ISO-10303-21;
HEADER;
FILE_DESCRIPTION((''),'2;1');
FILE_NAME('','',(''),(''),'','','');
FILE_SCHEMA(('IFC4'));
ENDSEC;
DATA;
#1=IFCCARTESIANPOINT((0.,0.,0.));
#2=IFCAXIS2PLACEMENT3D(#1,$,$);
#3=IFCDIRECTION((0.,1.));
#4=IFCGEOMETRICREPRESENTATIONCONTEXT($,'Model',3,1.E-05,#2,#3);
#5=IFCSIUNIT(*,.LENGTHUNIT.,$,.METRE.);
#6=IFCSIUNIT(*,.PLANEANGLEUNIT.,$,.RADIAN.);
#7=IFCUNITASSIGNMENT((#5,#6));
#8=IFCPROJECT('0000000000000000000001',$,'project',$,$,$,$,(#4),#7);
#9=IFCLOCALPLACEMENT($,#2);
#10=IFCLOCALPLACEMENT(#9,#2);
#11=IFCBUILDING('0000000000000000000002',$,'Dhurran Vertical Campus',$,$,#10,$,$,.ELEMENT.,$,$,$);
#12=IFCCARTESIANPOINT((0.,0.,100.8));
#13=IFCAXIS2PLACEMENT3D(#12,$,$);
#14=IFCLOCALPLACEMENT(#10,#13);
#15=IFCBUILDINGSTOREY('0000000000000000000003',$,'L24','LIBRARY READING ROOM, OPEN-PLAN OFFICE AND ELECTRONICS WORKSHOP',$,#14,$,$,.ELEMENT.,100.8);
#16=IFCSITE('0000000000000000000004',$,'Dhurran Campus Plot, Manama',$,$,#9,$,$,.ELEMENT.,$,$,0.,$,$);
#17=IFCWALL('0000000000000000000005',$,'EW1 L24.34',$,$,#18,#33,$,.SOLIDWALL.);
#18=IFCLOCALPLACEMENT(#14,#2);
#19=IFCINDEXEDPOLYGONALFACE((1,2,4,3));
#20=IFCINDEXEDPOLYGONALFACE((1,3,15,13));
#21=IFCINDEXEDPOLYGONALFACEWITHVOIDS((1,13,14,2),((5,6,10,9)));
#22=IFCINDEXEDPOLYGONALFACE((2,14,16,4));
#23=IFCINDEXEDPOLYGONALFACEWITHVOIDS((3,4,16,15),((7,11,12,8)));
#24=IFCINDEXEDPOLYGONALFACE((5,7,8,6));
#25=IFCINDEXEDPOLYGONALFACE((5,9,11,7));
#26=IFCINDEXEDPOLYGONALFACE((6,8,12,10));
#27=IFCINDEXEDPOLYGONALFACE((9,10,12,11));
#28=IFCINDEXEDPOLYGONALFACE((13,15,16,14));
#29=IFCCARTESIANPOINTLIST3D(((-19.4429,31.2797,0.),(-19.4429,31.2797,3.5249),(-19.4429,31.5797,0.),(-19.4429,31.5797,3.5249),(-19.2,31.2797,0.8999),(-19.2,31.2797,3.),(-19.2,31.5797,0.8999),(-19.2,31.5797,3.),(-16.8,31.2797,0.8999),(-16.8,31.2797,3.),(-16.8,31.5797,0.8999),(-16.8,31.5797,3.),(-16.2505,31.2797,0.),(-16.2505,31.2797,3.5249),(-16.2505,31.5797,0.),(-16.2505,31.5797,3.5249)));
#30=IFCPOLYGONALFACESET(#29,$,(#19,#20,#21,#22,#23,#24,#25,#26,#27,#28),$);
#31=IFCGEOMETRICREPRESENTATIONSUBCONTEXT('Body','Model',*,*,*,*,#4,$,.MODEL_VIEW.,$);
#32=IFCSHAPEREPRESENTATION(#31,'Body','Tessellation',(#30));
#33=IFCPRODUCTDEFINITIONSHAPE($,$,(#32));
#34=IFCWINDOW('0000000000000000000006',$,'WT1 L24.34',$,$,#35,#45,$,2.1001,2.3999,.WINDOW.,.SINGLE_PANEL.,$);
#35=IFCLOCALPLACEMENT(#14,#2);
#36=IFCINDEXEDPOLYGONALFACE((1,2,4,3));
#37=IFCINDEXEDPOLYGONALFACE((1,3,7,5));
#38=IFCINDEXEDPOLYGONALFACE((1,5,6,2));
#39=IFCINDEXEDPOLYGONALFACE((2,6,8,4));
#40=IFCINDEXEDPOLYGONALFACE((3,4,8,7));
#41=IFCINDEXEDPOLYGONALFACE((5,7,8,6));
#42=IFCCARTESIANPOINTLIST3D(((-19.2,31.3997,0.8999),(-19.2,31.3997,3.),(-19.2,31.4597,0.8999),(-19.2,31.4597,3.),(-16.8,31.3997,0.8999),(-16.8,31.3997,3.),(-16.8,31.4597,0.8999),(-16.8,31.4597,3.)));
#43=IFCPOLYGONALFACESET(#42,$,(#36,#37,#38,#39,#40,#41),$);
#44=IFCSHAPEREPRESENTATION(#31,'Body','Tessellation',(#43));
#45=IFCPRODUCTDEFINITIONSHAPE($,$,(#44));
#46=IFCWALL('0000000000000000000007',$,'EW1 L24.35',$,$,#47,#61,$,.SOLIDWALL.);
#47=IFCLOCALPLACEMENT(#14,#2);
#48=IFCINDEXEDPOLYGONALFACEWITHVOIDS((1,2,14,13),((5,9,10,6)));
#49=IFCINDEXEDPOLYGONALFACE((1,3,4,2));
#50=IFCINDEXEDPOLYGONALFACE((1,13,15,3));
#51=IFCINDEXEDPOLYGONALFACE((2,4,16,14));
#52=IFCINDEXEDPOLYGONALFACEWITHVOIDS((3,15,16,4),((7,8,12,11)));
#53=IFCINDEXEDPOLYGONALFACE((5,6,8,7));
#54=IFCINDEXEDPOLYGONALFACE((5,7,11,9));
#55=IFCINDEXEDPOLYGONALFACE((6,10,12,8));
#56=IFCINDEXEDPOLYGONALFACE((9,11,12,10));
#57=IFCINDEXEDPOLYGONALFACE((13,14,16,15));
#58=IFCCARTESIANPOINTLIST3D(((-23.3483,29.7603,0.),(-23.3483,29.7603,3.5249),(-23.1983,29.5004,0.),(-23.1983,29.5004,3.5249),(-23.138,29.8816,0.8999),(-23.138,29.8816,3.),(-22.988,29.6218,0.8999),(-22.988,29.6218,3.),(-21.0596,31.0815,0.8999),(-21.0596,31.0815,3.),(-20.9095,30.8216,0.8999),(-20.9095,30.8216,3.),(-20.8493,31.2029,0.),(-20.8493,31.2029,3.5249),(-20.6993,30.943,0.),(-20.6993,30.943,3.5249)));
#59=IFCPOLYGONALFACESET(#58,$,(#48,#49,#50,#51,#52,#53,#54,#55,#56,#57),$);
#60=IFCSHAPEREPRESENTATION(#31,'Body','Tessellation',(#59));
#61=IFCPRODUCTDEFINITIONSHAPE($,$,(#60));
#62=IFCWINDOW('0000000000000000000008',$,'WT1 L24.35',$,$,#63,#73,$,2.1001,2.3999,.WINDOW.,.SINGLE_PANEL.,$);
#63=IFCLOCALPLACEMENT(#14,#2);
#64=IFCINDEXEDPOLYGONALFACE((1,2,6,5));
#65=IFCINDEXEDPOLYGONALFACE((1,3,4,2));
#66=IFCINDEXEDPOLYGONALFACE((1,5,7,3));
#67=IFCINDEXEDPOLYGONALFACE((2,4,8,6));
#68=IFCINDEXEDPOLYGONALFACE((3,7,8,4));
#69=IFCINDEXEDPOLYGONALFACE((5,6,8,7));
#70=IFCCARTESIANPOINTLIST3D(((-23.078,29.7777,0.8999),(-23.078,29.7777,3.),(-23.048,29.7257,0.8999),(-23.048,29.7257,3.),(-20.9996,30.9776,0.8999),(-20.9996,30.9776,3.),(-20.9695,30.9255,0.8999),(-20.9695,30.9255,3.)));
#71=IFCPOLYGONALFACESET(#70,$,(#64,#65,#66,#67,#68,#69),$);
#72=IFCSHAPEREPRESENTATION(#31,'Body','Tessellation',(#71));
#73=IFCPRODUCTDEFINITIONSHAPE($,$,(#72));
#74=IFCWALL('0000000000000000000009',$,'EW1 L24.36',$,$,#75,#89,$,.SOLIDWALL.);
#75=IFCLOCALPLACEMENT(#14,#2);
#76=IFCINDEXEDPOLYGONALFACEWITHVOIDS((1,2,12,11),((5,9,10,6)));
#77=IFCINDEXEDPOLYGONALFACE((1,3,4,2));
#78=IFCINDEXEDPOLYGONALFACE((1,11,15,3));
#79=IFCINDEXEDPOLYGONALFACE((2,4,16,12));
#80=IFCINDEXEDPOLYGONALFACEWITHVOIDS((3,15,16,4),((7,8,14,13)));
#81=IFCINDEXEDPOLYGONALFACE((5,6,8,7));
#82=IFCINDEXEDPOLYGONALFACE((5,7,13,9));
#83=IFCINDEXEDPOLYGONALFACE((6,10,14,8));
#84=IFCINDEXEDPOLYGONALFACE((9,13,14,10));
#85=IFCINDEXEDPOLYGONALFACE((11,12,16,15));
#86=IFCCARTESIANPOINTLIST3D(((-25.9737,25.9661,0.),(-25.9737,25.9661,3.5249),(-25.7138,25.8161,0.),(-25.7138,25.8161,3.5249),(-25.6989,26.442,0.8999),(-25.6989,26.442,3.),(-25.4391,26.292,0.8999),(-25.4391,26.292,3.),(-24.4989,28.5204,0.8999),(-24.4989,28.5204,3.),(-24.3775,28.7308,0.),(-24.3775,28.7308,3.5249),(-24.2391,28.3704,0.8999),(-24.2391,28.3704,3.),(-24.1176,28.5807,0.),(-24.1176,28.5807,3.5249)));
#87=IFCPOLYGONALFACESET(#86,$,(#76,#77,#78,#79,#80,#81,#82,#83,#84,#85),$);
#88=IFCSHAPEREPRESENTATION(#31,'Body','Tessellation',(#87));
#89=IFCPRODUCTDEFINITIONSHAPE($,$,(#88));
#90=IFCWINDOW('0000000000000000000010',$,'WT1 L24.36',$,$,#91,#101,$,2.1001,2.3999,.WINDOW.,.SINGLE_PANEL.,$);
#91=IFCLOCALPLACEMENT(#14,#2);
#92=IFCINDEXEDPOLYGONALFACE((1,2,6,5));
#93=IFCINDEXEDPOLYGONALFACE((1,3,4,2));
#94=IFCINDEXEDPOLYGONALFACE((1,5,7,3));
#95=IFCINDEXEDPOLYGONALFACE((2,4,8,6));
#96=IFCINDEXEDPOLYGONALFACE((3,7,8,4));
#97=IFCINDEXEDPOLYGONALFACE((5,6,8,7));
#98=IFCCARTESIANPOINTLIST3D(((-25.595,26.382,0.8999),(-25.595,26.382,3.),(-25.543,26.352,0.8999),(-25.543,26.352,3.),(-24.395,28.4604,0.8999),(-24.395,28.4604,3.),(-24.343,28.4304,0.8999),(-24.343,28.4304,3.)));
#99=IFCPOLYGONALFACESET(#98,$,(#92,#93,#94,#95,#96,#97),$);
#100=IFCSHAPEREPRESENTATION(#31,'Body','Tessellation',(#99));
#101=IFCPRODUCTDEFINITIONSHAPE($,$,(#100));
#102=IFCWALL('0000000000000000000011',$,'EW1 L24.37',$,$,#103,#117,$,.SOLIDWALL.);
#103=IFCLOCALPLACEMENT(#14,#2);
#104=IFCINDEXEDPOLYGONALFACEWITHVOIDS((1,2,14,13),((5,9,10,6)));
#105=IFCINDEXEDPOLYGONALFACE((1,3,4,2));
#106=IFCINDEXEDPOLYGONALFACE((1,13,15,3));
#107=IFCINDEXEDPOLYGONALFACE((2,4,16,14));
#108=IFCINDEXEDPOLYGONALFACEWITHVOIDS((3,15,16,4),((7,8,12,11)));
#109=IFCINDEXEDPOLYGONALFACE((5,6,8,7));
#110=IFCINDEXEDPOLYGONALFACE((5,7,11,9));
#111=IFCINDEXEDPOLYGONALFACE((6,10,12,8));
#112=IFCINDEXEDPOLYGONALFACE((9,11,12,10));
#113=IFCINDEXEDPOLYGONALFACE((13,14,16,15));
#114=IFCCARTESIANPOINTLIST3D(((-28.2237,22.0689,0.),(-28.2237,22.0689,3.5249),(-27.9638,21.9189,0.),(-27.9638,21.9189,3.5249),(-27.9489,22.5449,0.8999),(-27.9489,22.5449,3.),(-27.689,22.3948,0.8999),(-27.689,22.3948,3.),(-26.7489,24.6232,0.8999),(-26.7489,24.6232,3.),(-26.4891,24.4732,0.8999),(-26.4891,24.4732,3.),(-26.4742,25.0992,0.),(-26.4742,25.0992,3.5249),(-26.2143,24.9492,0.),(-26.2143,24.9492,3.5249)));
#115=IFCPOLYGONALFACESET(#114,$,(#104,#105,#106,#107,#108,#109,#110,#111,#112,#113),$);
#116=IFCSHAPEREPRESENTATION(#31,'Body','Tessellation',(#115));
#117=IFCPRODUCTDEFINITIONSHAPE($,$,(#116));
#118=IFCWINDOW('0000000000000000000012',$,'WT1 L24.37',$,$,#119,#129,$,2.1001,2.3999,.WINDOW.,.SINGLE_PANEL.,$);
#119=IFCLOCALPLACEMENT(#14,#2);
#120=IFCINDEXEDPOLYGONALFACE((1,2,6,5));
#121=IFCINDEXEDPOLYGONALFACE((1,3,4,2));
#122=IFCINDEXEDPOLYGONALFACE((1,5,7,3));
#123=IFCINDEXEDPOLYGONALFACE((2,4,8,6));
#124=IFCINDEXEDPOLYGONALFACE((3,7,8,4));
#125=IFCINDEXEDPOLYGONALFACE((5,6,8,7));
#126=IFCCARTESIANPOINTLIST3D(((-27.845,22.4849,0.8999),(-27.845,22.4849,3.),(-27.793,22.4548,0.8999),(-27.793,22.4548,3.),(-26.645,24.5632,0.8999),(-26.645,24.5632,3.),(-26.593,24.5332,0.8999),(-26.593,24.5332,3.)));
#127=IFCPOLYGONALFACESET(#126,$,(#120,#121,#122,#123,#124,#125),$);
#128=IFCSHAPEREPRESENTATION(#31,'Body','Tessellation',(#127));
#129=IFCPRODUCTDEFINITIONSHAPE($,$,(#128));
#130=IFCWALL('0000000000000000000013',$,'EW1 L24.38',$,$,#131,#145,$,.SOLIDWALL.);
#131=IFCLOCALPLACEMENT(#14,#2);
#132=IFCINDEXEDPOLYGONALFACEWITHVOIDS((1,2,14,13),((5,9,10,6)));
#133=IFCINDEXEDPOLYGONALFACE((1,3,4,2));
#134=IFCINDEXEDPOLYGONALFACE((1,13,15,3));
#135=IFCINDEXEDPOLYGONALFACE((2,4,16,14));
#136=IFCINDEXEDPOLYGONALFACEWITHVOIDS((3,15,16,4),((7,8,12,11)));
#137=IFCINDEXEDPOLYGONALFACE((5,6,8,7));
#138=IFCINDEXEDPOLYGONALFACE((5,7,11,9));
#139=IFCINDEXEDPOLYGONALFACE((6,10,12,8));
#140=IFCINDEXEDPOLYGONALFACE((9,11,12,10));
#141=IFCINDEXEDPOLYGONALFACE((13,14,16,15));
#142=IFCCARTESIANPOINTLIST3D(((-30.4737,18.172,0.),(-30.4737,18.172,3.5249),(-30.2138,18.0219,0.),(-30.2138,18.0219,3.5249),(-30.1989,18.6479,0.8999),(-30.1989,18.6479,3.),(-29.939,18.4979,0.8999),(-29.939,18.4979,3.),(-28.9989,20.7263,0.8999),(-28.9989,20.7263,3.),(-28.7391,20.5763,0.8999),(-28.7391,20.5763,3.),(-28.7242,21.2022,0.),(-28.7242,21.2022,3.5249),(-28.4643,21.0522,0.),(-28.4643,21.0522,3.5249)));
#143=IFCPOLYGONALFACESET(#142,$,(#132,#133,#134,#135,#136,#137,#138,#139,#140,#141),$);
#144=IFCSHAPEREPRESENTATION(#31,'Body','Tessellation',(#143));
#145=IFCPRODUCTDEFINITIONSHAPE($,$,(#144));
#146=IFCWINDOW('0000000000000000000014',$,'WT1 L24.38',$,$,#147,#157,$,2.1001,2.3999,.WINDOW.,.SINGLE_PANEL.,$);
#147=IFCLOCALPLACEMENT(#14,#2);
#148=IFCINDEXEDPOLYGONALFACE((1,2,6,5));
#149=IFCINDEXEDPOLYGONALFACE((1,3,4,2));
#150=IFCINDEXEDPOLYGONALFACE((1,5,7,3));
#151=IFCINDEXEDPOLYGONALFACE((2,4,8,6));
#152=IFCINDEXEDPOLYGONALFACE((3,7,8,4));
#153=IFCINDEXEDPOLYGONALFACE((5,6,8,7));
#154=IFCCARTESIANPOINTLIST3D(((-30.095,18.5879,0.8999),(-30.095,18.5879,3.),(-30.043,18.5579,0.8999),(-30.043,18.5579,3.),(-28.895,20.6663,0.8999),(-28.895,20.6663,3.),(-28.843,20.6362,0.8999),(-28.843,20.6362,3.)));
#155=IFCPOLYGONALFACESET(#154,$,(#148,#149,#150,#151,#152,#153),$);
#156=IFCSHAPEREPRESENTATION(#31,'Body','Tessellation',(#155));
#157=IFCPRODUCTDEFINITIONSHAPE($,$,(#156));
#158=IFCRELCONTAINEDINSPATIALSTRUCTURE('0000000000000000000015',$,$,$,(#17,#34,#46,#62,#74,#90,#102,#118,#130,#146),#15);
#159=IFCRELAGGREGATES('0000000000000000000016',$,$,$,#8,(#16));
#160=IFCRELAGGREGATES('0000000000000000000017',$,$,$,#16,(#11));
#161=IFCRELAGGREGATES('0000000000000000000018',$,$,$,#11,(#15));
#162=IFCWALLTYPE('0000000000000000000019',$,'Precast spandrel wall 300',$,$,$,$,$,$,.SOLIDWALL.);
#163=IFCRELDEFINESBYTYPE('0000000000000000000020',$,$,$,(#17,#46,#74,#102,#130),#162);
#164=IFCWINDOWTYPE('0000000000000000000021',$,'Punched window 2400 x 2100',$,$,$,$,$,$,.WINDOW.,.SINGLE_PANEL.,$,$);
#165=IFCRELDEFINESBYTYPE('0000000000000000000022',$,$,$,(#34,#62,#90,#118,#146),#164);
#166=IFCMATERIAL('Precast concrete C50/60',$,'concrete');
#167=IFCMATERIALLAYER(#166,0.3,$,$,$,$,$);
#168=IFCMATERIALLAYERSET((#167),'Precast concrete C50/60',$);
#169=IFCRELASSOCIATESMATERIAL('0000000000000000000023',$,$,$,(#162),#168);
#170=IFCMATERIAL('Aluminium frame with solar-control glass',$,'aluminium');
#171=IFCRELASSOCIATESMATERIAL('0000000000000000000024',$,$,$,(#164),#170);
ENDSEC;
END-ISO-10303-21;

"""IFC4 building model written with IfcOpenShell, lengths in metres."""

from ifc_helpers import new_model, si_unit, direction, frame, frame_2d, origin, place, context, subcontext, project, spatial, rectangle, extrude, material, layer, layer_set, type_object, element, fill, save


model = new_model("IFC4")

# Units and contexts
model_context = context("Model", 3, precision=1e-05, world=origin(), true_north=direction((0.0, 1.0)))
body_context = subcontext(model_context, "Body", "Model", "MODEL_VIEW")
ifc_project = project(units=[si_unit("LENGTHUNIT", "METRE"), si_unit("PLANEANGLEUNIT", "RADIAN")], contexts=[model_context])

# Site, building, storey
site_placement = place(None, origin())
site = spatial("IfcSite", under=ifc_project, at=site_placement, Name="Dhurran Campus Plot, Manama", CompositionType="ELEMENT", RefElevation=0.0)
building_placement = place(site_placement, origin())
building = spatial("IfcBuilding", under=site, at=building_placement, Name="Dhurran Vertical Campus", CompositionType="ELEMENT")
storey_placement = place(building_placement, frame((0.0, 0.0, 100.8)))
storey = spatial("IfcBuildingStorey", under=building, at=storey_placement, Name="L24", Description="LIBRARY READING ROOM, OPEN-PLAN OFFICE AND ELECTRONICS WORKSHOP", CompositionType="ELEMENT", Elevation=100.8)

# Walls, openings, windows
ifc_material_1 = material(Name="Precast concrete C50/60", Category="concrete")
ifc_layer_1 = layer(ifc_material_1, 0.3)
ifc_layer_set_1 = layer_set([ifc_layer_1], Name="Precast concrete C50/60")
wall_type_1 = type_object("IfcWallType", Name="Precast spandrel wall 300", PredefinedType="SOLIDWALL", material=ifc_layer_set_1)
wall_1_placement = place(storey_placement, frame((-16.2505, 31.4297, 0.0), z_axis=(0.0, 0.0, 1.0), x_axis=(-1.0, 0.0, 0.0)))
wall_1 = element("IfcWall", 1, at=wall_1_placement, inside=storey, type_object=wall_type_1, Name="EW1 L24.34", PredefinedType="SOLIDWALL", context=body_context, shape_type="SweptSolid", body=[
    extrude(rectangle(XDim=3.1924, YDim=0.3, at=frame_2d((1.5962, 0.0))), origin(), (0.0, 0.0, 1.0), 3.5249),
])
opening_1_placement = place(wall_1_placement, frame((0.5496, 0.0, 0.8999)))
opening_1 = element("IfcOpeningElement", 2, at=opening_1_placement, cuts=wall_1, PredefinedType="OPENING", context=body_context, shape_type="SweptSolid", body=[
    extrude(rectangle(XDim=2.3999, YDim=2.1001, at=frame_2d((1.2, 1.05))), frame((0.0, 0.1599, 0.0), z_axis=(0.0, -1.0, 0.0), x_axis=(1.0, 0.0, 0.0)), (0.0, 0.0, 1.0), 0.3201),
])
ifc_material_2 = material(Name="Aluminium frame with solar-control glass", Category="aluminium")
window_type = type_object("IfcWindowType", Name="Punched window 2400 x 2100", PartitioningType="SINGLE_PANEL", PredefinedType="WINDOW", material=ifc_material_2)
window_1_placement = place(opening_1_placement, origin())
window_1 = element("IfcWindow", 3, at=window_1_placement, inside=storey, type_object=window_type, Name="WT1 L24.34", OverallHeight=2.1001, OverallWidth=2.3999, PartitioningType="SINGLE_PANEL", PredefinedType="WINDOW", context=body_context, shape_type="SweptSolid", body=[
    extrude(rectangle(XDim=2.3999, YDim=2.1001, at=frame_2d((1.2, 1.05))), frame((0.0, 0.03, 0.0), z_axis=(0.0, -1.0, 0.0), x_axis=(1.0, 0.0, 0.0)), (0.0, 0.0, 1.0), 0.0601),
])
fill(opening_1, window_1)
wall_2_placement = place(storey_placement, frame((-20.7742, 31.073, 0.0), z_axis=(0.0, 0.0, 1.0), x_axis=(-0.866053, -0.499952, 0.0)))
wall_2 = element("IfcWall", 4, at=wall_2_placement, inside=storey, type_object=wall_type_1, Name="EW1 L24.35", PredefinedType="SOLIDWALL", context=body_context, shape_type="SweptSolid", body=[
    extrude(rectangle(XDim=2.8855, YDim=0.3, at=frame_2d((1.4429, 0.0))), origin(), (0.0, 0.0, 1.0), 3.5249),
])
opening_2_placement = place(wall_2_placement, frame((0.2429, 0.0, 0.8999)))
opening_2 = element("IfcOpeningElement", 5, at=opening_2_placement, cuts=wall_2, PredefinedType="OPENING", context=body_context, shape_type="SweptSolid", body=[
    extrude(rectangle(XDim=2.3999, YDim=2.1001, at=frame_2d((1.2, 1.05))), frame((0.0, 0.1599, 0.0), z_axis=(0.0, -1.0, 0.0), x_axis=(1.0, 0.0, 0.0)), (0.0, 0.0, 1.0), 0.3201),
])
window_2_placement = place(opening_2_placement, origin())
window_2 = element("IfcWindow", 6, at=window_2_placement, inside=storey, type_object=window_type, Name="WT1 L24.35", OverallHeight=2.1001, OverallWidth=2.3999, PartitioningType="SINGLE_PANEL", PredefinedType="WINDOW", context=body_context, shape_type="SweptSolid", body=[
    extrude(rectangle(XDim=2.3999, YDim=2.1001, at=frame_2d((1.2, 1.05))), frame((0.0, 0.03, 0.0), z_axis=(0.0, -1.0, 0.0), x_axis=(1.0, 0.0, 0.0)), (0.0, 0.0, 1.0), 0.0601),
])
fill(opening_2, window_2)
wall_3_placement = place(storey_placement, frame((-24.2476, 28.6558, 0.0), z_axis=(0.0, 0.0, 1.0), x_axis=(-0.500005, -0.866023, 0.0)))
wall_3 = element("IfcWall", 7, at=wall_3_placement, inside=storey, type_object=wall_type_1, Name="EW1 L24.36", PredefinedType="SOLIDWALL", context=body_context, shape_type="SweptSolid", body=[
    extrude(rectangle(XDim=3.1924, YDim=0.3, at=frame_2d((1.5962, 0.0))), origin(), (0.0, 0.0, 1.0), 3.5249),
])
opening_3_placement = place(wall_3_placement, frame((0.2429, 0.0, 0.8999)))
opening_3 = element("IfcOpeningElement", 8, at=opening_3_placement, cuts=wall_3, PredefinedType="OPENING", context=body_context, shape_type="SweptSolid", body=[
    extrude(rectangle(XDim=2.3999, YDim=2.1001, at=frame_2d((1.2, 1.05))), frame((0.0, 0.1599, 0.0), z_axis=(0.0, -1.0, 0.0), x_axis=(1.0, 0.0, 0.0)), (0.0, 0.0, 1.0), 0.3201),
])
window_3_placement = place(opening_3_placement, origin())
window_3 = element("IfcWindow", 9, at=window_3_placement, inside=storey, type_object=window_type, Name="WT1 L24.36", OverallHeight=2.1001, OverallWidth=2.3999, PartitioningType="SINGLE_PANEL", PredefinedType="WINDOW", context=body_context, shape_type="SweptSolid", body=[
    extrude(rectangle(XDim=2.3999, YDim=2.1001, at=frame_2d((1.2, 1.05))), frame((0.0, 0.03, 0.0), z_axis=(0.0, -1.0, 0.0), x_axis=(1.0, 0.0, 0.0)), (0.0, 0.0, 1.0), 0.0601),
])
fill(opening_3, window_3)
wall_4_placement = place(storey_placement, frame((-26.3442, 25.0242, 0.0), z_axis=(0.0, 0.0, 1.0), x_axis=(-0.499996, -0.866028, 0.0)))
wall_4 = element("IfcWall", 10, at=wall_4_placement, inside=storey, type_object=wall_type_1, Name="EW1 L24.37", PredefinedType="SOLIDWALL", context=body_context, shape_type="SweptSolid", body=[
    extrude(rectangle(XDim=3.499, YDim=0.3, at=frame_2d((1.7495, 0.0))), origin(), (0.0, 0.0, 1.0), 3.5249),
])
opening_4_placement = place(wall_4_placement, frame((0.5496, 0.0, 0.8999)))
opening_4 = element("IfcOpeningElement", 11, at=opening_4_placement, cuts=wall_4, PredefinedType="OPENING", context=body_context, shape_type="SweptSolid", body=[
    extrude(rectangle(XDim=2.3999, YDim=2.1001, at=frame_2d((1.2, 1.05))), frame((0.0, 0.1599, 0.0), z_axis=(0.0, -1.0, 0.0), x_axis=(1.0, 0.0, 0.0)), (0.0, 0.0, 1.0), 0.3201),
])
window_4_placement = place(opening_4_placement, origin())
window_4 = element("IfcWindow", 12, at=window_4_placement, inside=storey, type_object=window_type, Name="WT1 L24.37", OverallHeight=2.1001, OverallWidth=2.3999, PartitioningType="SINGLE_PANEL", PredefinedType="WINDOW", context=body_context, shape_type="SweptSolid", body=[
    extrude(rectangle(XDim=2.3999, YDim=2.1001, at=frame_2d((1.2, 1.05))), frame((0.0, 0.03, 0.0), z_axis=(0.0, -1.0, 0.0), x_axis=(1.0, 0.0, 0.0)), (0.0, 0.0, 1.0), 0.0601),
])
fill(opening_4, window_4)
wall_5_placement = place(storey_placement, frame((-28.5942, 21.1272, 0.0), z_axis=(0.0, 0.0, 1.0), x_axis=(-0.499996, -0.866028, 0.0)))
wall_5 = element("IfcWall", 13, at=wall_5_placement, inside=storey, type_object=wall_type_1, Name="EW1 L24.38", PredefinedType="SOLIDWALL", context=body_context, shape_type="SweptSolid", body=[
    extrude(rectangle(XDim=3.499, YDim=0.3, at=frame_2d((1.7495, 0.0))), origin(), (0.0, 0.0, 1.0), 3.5249),
])
opening_5_placement = place(wall_5_placement, frame((0.5496, 0.0, 0.8999)))
opening_5 = element("IfcOpeningElement", 14, at=opening_5_placement, cuts=wall_5, PredefinedType="OPENING", context=body_context, shape_type="SweptSolid", body=[
    extrude(rectangle(XDim=2.3999, YDim=2.1001, at=frame_2d((1.2, 1.05))), frame((0.0, 0.1599, 0.0), z_axis=(0.0, -1.0, 0.0), x_axis=(1.0, 0.0, 0.0)), (0.0, 0.0, 1.0), 0.3201),
])
window_5_placement = place(opening_5_placement, origin())
window_5 = element("IfcWindow", 15, at=window_5_placement, inside=storey, type_object=window_type, Name="WT1 L24.38", OverallHeight=2.1001, OverallWidth=2.3999, PartitioningType="SINGLE_PANEL", PredefinedType="WINDOW", context=body_context, shape_type="SweptSolid", body=[
    extrude(rectangle(XDim=2.3999, YDim=2.1001, at=frame_2d((1.2, 1.05))), frame((0.0, 0.03, 0.0), z_axis=(0.0, -1.0, 0.0), x_axis=(1.0, 0.0, 0.0)), (0.0, 0.0, 1.0), 0.0601),
])
fill(opening_5, window_5)

save(model, "model.ifc")
